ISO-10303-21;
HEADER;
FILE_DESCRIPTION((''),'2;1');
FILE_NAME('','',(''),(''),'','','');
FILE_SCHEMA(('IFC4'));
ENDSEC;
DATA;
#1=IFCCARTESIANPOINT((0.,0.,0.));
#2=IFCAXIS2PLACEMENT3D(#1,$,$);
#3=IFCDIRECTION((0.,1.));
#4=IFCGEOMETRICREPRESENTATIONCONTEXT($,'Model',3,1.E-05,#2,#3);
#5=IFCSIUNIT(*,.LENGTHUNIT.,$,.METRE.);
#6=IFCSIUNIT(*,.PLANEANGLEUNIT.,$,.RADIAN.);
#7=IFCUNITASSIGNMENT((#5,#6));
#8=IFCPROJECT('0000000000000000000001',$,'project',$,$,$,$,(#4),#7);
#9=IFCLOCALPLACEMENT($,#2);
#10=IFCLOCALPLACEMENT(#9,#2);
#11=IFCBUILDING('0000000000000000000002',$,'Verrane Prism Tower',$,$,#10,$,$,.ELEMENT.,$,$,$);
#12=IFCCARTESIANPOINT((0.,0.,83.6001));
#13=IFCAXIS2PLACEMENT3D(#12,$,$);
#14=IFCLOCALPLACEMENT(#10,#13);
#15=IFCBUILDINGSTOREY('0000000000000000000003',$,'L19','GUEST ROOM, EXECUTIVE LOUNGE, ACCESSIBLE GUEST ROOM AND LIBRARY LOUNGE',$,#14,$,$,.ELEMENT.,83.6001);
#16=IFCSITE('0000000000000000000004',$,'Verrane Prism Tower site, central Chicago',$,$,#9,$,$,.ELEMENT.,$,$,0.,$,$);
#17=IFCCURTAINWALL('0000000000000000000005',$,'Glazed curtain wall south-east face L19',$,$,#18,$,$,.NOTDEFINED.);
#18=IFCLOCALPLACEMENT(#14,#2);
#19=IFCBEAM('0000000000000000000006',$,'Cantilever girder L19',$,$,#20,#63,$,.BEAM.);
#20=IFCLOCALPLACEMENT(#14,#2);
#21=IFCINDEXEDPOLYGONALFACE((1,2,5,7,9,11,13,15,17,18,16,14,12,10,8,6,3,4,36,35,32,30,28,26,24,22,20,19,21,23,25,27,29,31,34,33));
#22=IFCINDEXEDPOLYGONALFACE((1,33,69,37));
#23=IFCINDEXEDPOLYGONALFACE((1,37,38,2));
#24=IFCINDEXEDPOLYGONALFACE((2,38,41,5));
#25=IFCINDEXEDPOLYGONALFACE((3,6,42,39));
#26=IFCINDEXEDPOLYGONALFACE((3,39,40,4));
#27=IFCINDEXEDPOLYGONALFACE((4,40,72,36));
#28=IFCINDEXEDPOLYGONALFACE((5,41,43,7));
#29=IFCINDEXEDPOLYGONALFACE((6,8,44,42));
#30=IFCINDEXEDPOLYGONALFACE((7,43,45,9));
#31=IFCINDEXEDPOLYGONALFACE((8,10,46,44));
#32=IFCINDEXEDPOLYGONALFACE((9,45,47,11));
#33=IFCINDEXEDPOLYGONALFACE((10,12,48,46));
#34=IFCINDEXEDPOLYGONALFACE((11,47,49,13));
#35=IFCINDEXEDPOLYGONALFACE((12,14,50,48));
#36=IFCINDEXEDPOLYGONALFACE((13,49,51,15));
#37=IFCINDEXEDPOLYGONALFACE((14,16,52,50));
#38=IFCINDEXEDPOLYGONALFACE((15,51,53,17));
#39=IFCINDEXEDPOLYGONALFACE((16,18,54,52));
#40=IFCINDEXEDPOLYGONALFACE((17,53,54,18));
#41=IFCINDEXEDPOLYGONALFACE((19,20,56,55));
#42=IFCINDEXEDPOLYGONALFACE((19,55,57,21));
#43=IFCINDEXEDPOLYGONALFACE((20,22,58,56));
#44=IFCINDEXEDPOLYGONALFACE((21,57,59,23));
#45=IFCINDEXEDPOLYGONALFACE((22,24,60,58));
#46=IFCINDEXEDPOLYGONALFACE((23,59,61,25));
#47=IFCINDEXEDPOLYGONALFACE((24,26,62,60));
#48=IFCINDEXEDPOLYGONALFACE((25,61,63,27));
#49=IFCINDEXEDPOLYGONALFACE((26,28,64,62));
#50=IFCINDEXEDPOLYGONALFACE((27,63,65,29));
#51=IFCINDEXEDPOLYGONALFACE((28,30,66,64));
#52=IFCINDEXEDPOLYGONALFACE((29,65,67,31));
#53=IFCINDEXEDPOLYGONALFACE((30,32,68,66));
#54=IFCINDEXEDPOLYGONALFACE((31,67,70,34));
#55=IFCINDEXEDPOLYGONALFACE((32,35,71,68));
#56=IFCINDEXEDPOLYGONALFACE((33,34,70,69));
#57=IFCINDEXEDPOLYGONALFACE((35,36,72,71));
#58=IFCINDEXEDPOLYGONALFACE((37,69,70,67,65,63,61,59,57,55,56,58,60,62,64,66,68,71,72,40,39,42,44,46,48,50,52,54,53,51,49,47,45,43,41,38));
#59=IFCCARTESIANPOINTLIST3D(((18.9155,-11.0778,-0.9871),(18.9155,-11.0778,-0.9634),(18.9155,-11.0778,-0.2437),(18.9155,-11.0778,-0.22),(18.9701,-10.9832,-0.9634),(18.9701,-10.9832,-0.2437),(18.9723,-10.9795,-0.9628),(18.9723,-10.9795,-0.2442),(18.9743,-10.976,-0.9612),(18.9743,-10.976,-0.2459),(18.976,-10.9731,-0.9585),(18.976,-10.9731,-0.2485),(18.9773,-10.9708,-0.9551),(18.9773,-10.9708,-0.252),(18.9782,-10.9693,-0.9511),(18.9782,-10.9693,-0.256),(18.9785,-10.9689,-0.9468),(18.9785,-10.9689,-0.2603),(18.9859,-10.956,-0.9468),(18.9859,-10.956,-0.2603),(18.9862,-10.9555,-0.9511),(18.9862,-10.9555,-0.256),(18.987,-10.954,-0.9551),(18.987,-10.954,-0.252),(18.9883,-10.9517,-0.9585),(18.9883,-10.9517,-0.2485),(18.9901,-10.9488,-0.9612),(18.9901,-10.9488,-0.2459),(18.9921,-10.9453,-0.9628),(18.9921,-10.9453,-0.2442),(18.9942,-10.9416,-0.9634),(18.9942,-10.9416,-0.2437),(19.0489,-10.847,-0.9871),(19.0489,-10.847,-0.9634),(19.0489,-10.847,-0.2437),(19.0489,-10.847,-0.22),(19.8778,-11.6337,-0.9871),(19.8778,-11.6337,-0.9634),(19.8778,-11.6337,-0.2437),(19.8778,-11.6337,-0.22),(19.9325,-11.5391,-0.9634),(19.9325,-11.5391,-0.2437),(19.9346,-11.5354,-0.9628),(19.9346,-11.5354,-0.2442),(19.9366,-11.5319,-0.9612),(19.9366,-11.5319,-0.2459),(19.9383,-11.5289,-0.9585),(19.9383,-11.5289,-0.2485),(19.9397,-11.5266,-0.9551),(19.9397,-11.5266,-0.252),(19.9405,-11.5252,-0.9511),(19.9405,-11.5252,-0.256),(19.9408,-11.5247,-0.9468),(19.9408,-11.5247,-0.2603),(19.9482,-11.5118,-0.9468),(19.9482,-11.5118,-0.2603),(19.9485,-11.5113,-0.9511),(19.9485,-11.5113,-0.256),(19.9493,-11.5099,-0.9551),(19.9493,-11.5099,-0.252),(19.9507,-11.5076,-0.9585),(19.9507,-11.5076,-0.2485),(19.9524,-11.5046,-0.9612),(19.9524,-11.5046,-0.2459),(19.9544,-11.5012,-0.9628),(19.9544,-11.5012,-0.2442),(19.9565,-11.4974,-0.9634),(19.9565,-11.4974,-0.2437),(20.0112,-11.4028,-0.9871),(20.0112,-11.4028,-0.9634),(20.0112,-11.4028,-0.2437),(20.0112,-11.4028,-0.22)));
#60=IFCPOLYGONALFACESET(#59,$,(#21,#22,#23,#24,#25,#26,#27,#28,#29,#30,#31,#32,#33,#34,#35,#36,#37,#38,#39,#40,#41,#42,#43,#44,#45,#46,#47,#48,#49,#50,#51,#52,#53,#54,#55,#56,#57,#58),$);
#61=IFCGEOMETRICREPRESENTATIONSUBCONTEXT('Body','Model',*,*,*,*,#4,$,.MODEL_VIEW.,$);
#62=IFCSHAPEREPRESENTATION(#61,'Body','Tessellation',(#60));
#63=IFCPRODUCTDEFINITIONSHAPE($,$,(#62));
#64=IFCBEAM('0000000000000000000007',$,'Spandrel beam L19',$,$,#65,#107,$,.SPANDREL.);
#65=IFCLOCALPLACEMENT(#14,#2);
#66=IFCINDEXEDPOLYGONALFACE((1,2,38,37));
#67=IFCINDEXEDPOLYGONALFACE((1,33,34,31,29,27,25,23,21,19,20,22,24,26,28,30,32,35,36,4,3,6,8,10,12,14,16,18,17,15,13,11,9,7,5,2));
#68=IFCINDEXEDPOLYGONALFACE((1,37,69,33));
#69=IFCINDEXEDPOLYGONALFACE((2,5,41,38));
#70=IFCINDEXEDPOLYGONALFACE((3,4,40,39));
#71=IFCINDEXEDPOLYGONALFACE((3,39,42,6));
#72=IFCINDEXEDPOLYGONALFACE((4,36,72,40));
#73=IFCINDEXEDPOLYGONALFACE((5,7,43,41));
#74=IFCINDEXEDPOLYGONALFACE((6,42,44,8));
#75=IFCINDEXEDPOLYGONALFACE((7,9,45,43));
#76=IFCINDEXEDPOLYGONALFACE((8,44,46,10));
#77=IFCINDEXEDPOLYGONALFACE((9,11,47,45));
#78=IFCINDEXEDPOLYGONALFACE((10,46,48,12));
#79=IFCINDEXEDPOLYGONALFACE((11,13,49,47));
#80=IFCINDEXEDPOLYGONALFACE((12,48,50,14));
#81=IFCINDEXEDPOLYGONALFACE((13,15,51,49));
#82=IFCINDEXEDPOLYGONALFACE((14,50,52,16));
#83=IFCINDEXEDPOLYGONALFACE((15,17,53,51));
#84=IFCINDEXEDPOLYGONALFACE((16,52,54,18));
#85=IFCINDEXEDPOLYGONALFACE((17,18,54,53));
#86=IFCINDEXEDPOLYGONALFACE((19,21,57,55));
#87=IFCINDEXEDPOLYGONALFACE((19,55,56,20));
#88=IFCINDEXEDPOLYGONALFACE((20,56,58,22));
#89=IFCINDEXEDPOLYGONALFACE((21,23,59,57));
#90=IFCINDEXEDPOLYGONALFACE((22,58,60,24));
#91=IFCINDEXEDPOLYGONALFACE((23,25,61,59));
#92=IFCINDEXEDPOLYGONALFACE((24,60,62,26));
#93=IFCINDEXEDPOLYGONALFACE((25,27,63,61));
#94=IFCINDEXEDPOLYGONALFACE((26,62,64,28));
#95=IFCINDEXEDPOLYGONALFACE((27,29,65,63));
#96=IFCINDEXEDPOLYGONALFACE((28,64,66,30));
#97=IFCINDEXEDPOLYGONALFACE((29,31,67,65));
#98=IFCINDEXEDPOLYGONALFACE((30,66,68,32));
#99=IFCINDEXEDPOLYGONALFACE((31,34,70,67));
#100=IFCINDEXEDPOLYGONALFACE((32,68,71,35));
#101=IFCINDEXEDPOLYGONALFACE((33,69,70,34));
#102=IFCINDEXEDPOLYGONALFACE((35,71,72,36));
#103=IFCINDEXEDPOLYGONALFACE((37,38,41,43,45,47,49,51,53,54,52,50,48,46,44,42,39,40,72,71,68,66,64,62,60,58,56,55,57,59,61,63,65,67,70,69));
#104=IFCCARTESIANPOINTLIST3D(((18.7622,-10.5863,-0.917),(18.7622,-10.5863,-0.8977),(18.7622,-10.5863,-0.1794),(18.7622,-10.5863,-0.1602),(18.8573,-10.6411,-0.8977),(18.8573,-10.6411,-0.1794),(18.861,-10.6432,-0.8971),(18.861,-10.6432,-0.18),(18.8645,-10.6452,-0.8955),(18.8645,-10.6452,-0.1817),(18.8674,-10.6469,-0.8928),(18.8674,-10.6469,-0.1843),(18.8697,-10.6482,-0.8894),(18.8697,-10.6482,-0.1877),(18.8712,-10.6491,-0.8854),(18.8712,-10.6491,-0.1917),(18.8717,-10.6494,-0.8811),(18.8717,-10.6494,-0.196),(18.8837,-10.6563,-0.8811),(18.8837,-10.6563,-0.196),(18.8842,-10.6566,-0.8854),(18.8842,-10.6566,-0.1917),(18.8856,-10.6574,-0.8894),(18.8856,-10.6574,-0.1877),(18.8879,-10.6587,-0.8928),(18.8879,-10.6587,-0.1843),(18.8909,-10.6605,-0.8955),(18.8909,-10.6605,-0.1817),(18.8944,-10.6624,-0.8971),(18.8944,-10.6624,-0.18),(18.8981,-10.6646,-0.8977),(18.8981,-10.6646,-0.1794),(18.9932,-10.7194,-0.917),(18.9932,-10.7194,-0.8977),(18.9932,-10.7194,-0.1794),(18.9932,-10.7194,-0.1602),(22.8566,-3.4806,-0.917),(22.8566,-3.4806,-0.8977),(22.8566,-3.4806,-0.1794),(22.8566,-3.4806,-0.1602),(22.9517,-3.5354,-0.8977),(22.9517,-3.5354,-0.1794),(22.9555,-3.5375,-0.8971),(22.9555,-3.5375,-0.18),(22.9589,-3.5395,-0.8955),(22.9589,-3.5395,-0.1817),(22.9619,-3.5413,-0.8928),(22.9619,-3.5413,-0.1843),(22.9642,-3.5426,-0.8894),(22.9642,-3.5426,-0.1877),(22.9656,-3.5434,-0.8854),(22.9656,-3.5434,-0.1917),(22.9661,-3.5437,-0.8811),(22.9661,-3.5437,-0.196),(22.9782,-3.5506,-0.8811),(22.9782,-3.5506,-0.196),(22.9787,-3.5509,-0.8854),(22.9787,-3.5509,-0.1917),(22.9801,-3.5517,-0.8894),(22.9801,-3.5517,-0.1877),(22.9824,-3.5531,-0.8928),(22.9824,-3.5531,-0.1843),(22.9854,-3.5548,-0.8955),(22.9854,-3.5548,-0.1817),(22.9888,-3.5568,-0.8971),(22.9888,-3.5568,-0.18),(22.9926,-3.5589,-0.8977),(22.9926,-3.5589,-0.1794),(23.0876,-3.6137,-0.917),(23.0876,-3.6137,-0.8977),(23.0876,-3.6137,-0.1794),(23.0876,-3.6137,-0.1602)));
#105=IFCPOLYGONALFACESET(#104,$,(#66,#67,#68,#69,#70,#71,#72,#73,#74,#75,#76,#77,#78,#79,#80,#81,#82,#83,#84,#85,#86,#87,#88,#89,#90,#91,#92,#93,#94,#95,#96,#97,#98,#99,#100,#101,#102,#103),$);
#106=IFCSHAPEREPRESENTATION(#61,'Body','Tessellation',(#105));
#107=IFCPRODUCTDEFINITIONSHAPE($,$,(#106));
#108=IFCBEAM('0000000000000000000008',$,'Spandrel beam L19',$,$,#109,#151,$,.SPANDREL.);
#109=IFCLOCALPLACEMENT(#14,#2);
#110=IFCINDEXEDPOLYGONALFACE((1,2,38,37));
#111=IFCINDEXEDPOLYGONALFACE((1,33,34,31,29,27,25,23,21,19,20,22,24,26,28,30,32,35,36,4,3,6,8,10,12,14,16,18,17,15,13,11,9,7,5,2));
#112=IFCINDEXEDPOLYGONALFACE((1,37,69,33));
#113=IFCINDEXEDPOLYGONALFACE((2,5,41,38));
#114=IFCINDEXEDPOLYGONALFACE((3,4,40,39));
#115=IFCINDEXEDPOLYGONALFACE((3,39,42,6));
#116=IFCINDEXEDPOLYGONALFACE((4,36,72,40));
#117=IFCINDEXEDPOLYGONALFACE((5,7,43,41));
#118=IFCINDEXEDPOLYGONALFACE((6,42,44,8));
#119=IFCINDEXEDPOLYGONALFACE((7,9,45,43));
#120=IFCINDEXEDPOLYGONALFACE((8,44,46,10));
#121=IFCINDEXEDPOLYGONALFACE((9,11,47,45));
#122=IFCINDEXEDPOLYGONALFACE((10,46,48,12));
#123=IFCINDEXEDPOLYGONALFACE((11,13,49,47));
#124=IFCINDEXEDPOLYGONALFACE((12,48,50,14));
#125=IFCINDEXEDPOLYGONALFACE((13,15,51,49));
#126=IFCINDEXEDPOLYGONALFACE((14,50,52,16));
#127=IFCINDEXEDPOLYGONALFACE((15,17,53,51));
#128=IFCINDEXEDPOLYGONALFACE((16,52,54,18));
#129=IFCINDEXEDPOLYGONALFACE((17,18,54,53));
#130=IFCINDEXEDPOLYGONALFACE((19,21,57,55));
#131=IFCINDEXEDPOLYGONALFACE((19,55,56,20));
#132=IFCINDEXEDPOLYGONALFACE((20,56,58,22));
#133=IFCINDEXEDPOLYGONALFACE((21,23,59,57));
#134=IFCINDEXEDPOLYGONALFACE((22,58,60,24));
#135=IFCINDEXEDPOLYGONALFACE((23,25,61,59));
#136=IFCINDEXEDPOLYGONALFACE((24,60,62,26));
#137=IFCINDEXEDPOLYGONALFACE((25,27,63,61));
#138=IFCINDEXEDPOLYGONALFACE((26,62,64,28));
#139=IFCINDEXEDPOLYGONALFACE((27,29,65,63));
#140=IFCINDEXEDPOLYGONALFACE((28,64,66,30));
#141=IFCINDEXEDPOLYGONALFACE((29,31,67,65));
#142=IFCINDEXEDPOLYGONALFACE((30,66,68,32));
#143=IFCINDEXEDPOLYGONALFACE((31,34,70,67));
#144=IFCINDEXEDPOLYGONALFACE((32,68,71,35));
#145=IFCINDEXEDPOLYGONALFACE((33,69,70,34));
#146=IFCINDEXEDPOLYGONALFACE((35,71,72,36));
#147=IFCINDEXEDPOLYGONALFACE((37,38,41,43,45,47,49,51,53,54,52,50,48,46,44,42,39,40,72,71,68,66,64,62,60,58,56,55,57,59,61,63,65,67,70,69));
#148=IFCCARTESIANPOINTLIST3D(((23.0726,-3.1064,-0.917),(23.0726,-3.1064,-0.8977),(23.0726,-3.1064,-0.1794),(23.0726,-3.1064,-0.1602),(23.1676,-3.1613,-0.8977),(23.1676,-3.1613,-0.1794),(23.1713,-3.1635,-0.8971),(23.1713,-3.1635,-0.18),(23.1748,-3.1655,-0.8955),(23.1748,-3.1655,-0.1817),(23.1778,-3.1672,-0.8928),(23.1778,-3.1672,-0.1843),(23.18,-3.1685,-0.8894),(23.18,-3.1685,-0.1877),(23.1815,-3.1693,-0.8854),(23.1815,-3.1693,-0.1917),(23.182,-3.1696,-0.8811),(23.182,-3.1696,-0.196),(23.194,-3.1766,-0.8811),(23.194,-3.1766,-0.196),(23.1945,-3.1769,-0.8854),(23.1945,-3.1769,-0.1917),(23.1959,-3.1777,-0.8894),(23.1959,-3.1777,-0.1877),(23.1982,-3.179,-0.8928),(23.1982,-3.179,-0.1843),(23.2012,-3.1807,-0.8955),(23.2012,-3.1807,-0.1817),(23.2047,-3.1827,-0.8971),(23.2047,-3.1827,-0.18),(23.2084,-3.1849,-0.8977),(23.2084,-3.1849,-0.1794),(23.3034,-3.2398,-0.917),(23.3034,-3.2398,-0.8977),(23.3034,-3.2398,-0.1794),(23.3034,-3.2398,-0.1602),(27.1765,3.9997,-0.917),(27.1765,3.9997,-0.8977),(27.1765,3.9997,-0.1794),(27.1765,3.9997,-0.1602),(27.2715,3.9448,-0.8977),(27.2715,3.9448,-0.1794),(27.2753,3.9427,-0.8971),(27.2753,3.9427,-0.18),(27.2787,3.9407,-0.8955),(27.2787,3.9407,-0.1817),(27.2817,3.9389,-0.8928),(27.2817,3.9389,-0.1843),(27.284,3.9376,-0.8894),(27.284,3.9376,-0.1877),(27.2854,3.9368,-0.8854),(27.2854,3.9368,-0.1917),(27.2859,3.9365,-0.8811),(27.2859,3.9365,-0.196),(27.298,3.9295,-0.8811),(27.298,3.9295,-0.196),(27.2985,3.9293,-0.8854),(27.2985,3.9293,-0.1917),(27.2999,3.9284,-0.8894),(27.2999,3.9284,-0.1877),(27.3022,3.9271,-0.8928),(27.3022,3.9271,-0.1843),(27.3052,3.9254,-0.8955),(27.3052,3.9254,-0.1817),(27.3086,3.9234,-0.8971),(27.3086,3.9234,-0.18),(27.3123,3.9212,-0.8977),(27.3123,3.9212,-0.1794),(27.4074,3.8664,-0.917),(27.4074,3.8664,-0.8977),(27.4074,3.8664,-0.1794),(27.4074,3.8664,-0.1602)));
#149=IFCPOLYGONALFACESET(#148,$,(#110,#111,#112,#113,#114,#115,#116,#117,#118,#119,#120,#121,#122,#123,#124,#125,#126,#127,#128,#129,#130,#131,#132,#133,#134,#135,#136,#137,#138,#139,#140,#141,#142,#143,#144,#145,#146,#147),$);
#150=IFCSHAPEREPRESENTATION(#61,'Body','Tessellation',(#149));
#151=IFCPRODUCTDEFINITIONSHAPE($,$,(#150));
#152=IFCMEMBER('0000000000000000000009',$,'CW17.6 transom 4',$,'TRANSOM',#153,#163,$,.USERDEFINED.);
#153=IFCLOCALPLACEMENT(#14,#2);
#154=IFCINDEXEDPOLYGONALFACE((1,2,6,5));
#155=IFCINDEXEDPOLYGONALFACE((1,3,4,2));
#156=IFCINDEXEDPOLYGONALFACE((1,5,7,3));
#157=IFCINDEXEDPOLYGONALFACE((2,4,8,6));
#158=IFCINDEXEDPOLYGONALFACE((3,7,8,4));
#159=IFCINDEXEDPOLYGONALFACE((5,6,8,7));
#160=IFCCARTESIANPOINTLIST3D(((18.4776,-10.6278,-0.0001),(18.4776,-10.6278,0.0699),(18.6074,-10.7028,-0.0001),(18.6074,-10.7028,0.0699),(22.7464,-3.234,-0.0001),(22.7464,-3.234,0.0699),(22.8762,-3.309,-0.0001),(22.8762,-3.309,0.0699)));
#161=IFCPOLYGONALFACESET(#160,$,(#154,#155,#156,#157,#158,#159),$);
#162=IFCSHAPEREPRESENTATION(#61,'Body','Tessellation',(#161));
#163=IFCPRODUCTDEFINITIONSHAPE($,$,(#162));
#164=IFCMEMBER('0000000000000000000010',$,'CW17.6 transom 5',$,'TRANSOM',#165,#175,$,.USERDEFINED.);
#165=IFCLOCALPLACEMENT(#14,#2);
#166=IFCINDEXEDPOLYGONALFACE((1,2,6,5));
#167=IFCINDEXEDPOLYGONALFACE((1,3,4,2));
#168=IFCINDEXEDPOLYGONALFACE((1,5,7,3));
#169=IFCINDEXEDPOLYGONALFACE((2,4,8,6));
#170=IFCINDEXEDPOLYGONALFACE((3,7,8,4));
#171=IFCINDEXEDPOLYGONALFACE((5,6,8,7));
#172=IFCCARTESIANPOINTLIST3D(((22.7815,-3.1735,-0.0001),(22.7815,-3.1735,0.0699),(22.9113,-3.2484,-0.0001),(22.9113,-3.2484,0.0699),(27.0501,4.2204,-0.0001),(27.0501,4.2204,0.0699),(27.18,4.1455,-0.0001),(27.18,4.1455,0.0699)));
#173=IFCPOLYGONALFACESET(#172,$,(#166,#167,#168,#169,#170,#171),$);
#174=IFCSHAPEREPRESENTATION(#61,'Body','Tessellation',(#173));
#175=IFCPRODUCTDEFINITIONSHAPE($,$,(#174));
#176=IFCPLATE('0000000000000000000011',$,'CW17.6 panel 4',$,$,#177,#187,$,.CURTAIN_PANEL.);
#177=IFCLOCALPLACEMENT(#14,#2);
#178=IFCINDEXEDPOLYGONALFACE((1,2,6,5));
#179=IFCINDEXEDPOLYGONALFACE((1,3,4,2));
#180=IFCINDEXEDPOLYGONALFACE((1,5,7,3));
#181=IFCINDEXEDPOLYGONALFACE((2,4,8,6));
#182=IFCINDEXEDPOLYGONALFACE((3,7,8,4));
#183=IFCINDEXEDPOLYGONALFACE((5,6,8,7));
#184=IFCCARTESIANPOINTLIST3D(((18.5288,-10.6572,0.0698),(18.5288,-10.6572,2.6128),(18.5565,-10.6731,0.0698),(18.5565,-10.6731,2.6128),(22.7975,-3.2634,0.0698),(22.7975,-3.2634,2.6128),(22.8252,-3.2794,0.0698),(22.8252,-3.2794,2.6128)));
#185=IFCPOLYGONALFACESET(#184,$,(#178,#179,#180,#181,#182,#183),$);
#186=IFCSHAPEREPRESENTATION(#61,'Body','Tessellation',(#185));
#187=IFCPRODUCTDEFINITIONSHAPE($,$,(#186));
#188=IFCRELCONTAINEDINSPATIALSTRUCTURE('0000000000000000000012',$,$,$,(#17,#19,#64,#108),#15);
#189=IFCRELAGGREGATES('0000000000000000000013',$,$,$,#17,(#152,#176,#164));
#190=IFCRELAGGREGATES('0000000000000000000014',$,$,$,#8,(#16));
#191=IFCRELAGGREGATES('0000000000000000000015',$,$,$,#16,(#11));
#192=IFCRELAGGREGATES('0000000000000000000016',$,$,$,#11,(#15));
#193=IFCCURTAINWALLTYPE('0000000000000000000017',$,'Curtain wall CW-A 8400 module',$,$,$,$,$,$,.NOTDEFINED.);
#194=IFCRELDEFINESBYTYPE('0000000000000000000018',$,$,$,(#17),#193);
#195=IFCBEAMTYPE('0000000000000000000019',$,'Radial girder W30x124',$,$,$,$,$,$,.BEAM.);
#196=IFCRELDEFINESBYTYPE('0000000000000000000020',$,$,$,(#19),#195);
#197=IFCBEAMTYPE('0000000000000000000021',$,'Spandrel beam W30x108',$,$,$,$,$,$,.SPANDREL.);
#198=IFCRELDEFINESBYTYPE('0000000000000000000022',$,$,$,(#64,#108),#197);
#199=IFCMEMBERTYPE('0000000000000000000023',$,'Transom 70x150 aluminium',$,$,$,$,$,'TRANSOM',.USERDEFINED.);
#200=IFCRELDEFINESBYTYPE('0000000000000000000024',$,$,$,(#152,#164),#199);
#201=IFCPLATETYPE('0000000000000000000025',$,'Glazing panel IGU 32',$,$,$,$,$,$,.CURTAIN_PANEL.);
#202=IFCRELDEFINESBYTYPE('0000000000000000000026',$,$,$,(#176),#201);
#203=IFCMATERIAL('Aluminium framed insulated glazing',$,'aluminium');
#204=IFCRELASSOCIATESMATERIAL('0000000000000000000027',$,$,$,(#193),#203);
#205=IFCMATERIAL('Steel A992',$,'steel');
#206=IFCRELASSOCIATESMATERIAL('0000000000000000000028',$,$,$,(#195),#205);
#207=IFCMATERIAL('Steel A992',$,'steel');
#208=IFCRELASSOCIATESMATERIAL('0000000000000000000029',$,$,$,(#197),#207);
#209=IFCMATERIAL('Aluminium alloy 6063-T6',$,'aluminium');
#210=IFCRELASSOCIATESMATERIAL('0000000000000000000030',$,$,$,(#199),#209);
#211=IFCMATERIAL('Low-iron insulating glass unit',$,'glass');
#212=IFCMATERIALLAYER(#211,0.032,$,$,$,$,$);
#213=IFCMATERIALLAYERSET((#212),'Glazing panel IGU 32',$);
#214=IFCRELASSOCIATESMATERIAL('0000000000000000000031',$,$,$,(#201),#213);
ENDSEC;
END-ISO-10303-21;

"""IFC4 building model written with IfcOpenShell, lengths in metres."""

from ifc_helpers import new_model, si_unit, direction, frame, origin, origin_2d, place, context, subcontext, project, spatial, rectangle, i_section, extrude, material, layer, layer_set, material_profile, profile_set, type_object, element, aggregate, save


model = new_model("IFC4")

# Units and contexts
model_context = context("Model", 3, precision=1e-05, world=origin(), true_north=direction((0.0, 1.0)))
body_context = subcontext(model_context, "Body", "Model", "MODEL_VIEW")
ifc_project = project(units=[si_unit("LENGTHUNIT", "METRE"), si_unit("PLANEANGLEUNIT", "RADIAN")], contexts=[model_context])

# Site, building, storey
site_placement = place(None, origin())
site = spatial("IfcSite", under=ifc_project, at=site_placement, Name="Verrane Prism Tower site, central Chicago", CompositionType="ELEMENT", RefElevation=0.0)
building_placement = place(site_placement, origin())
building = spatial("IfcBuilding", under=site, at=building_placement, Name="Verrane Prism Tower", CompositionType="ELEMENT")
storey_placement = place(building_placement, frame((0.0, 0.0, 83.6001)))
storey = spatial("IfcBuildingStorey", under=building, at=storey_placement, Name="L19", Description="GUEST ROOM, EXECUTIVE LOUNGE, ACCESSIBLE GUEST ROOM AND LIBRARY LOUNGE", CompositionType="ELEMENT", Elevation=83.6001)

# Curtain wall
ifc_material_1 = material(Name="Aluminium framed insulated glazing", Category="aluminium")
curtain_wall_type = type_object("IfcCurtainWallType", Name="Curtain wall CW-A 8400 module", PredefinedType="NOTDEFINED", material=ifc_material_1)
curtain_wall_placement = place(storey_placement, origin())
curtain_wall = element("IfcCurtainWall", 1, at=curtain_wall_placement, inside=storey, type_object=curtain_wall_type, Name="Glazed curtain wall south-east face L19", PredefinedType="NOTDEFINED")

# Beams
ifc_material_2 = material(Name="Steel A992", Category="steel")
ifc_material_profile_1 = material_profile(ifc_material_2, i_section(OverallWidth=0.2666, OverallDepth=0.7671, WebThickness=0.0149, FlangeThickness=0.0237, FilletRadius=0.0166, at=origin_2d()), Name="W30x124")
ifc_profile_set_1 = profile_set([ifc_material_profile_1], Name="Steel A992")
beam_type_1 = type_object("IfcBeamType", Name="Radial girder W30x124", PredefinedType="BEAM", material=ifc_profile_set_1)
beam_1_placement = place(storey_placement, frame((18.9822, -10.9624, -0.6035), z_axis=(0.865922, -0.500179, 0.0), x_axis=(0.500179, 0.865922, 0.0)))
element("IfcBeam", 2, at=beam_1_placement, inside=storey, type_object=beam_type_1, Name="Cantilever girder L19", PredefinedType="BEAM", context=body_context, shape_type="SweptSolid", body=[
    extrude(i_section(OverallWidth=0.2666, OverallDepth=0.7671, WebThickness=0.0149, FlangeThickness=0.0237, FilletRadius=0.0166, at=origin_2d()), origin(), (0.0, 0.0, 1.0), 1.1113),
])
ifc_material_3 = material(Name="Steel A992", Category="steel")
ifc_material_profile_2 = material_profile(ifc_material_3, i_section(OverallWidth=0.2666, OverallDepth=0.7568, WebThickness=0.0139, FlangeThickness=0.0193, FilletRadius=0.0166, at=origin_2d()), Name="W30x108")
ifc_profile_set_2 = profile_set([ifc_material_profile_2], Name="Steel A992")
beam_type_2 = type_object("IfcBeamType", Name="Spandrel beam W30x108", PredefinedType="SPANDREL", material=ifc_profile_set_2)
beam_2_placement = place(storey_placement, frame((18.8777, -10.6528, -0.5386), z_axis=(0.499268, 0.866448, 0.0), x_axis=(-0.866448, 0.499268, 0.0)))
element("IfcBeam", 3, at=beam_2_placement, inside=storey, type_object=beam_type_2, Name="Spandrel beam L19", PredefinedType="SPANDREL", context=body_context, shape_type="SweptSolid", body=[
    extrude(i_section(OverallWidth=0.2666, OverallDepth=0.7568, WebThickness=0.0139, FlangeThickness=0.0193, FilletRadius=0.0166, at=origin_2d()), origin(), (0.0, 0.0, 1.0), 8.2009),
])
beam_3_placement = place(storey_placement, frame((23.188, -3.1731, -0.5386), z_axis=(0.500113, 0.86596, 0.0), x_axis=(-0.86596, 0.500113, 0.0)))
element("IfcBeam", 4, at=beam_3_placement, inside=storey, type_object=beam_type_2, Name="Spandrel beam L19", PredefinedType="SPANDREL", context=body_context, shape_type="SweptSolid", body=[
    extrude(i_section(OverallWidth=0.2666, OverallDepth=0.7568, WebThickness=0.0139, FlangeThickness=0.0193, FilletRadius=0.0166, at=origin_2d()), origin(), (0.0, 0.0, 1.0), 8.2061),
])

# Members
ifc_material_4 = material(Name="Aluminium alloy 6063-T6", Category="aluminium")
ifc_material_profile_3 = material_profile(ifc_material_4, rectangle(XDim=0.1499, YDim=0.0701, at=origin_2d()), Name="Transom 70x150 aluminium")
ifc_profile_set_3 = profile_set([ifc_material_profile_3], Name="Aluminium alloy 6063-T6")
member_type_1 = type_object("IfcMemberType", Name="Transom 70x150 aluminium", ElementType="TRANSOM", PredefinedType="USERDEFINED", material=ifc_profile_set_3)
member_1_placement = place(storey_placement, frame((18.5425, -10.6653, 0.0349), z_axis=(0.499999, 0.866026, 0.0), x_axis=(-0.866026, 0.499999, 0.0)))
member_1 = element("IfcMember", 5, at=member_1_placement, type_object=member_type_1, Name="CW17.6 transom 4", ObjectType="TRANSOM", PredefinedType="USERDEFINED", context=body_context, shape_type="SweptSolid", body=[
    extrude(rectangle(XDim=0.1499, YDim=0.0701, at=origin_2d()), origin(), (0.0, 0.0, 1.0), 8.5376),
])
member_2_placement = place(storey_placement, frame((22.8464, -3.2109, 0.0349), z_axis=(0.499977, 0.866038, 0.0), x_axis=(-0.866038, 0.499977, 0.0)))
member_2 = element("IfcMember", 6, at=member_2_placement, type_object=member_type_1, Name="CW17.6 transom 5", ObjectType="TRANSOM", PredefinedType="USERDEFINED", context=body_context, shape_type="SweptSolid", body=[
    extrude(rectangle(XDim=0.1499, YDim=0.0701, at=origin_2d()), origin(), (0.0, 0.0, 1.0), 8.5376),
])

# Plate
ifc_material_5 = material(Name="Low-iron insulating glass unit", Category="glass")
ifc_layer_1 = layer(ifc_material_5, 0.032)
ifc_layer_set_1 = layer_set([ifc_layer_1], Name="Glazing panel IGU 32")
plate_type = type_object("IfcPlateType", Name="Glazing panel IGU 32", PredefinedType="CURTAIN_PANEL", material=ifc_layer_set_1)
plate_placement = place(storey_placement, frame((20.677, -6.9683, 0.0698), z_axis=(0.0, 0.0, 1.0), x_axis=(0.499999, 0.866026, 0.0)))
plate = element("IfcPlate", 7, at=plate_placement, type_object=plate_type, Name="CW17.6 panel 4", PredefinedType="CURTAIN_PANEL", context=body_context, shape_type="SweptSolid", body=[
    extrude(rectangle(XDim=8.5376, YDim=0.032, at=origin_2d()), origin(), (0.0, 0.0, 1.0), 2.543),
])
aggregate(curtain_wall, [member_1, plate, member_2])

save(model, "model.ifc")
